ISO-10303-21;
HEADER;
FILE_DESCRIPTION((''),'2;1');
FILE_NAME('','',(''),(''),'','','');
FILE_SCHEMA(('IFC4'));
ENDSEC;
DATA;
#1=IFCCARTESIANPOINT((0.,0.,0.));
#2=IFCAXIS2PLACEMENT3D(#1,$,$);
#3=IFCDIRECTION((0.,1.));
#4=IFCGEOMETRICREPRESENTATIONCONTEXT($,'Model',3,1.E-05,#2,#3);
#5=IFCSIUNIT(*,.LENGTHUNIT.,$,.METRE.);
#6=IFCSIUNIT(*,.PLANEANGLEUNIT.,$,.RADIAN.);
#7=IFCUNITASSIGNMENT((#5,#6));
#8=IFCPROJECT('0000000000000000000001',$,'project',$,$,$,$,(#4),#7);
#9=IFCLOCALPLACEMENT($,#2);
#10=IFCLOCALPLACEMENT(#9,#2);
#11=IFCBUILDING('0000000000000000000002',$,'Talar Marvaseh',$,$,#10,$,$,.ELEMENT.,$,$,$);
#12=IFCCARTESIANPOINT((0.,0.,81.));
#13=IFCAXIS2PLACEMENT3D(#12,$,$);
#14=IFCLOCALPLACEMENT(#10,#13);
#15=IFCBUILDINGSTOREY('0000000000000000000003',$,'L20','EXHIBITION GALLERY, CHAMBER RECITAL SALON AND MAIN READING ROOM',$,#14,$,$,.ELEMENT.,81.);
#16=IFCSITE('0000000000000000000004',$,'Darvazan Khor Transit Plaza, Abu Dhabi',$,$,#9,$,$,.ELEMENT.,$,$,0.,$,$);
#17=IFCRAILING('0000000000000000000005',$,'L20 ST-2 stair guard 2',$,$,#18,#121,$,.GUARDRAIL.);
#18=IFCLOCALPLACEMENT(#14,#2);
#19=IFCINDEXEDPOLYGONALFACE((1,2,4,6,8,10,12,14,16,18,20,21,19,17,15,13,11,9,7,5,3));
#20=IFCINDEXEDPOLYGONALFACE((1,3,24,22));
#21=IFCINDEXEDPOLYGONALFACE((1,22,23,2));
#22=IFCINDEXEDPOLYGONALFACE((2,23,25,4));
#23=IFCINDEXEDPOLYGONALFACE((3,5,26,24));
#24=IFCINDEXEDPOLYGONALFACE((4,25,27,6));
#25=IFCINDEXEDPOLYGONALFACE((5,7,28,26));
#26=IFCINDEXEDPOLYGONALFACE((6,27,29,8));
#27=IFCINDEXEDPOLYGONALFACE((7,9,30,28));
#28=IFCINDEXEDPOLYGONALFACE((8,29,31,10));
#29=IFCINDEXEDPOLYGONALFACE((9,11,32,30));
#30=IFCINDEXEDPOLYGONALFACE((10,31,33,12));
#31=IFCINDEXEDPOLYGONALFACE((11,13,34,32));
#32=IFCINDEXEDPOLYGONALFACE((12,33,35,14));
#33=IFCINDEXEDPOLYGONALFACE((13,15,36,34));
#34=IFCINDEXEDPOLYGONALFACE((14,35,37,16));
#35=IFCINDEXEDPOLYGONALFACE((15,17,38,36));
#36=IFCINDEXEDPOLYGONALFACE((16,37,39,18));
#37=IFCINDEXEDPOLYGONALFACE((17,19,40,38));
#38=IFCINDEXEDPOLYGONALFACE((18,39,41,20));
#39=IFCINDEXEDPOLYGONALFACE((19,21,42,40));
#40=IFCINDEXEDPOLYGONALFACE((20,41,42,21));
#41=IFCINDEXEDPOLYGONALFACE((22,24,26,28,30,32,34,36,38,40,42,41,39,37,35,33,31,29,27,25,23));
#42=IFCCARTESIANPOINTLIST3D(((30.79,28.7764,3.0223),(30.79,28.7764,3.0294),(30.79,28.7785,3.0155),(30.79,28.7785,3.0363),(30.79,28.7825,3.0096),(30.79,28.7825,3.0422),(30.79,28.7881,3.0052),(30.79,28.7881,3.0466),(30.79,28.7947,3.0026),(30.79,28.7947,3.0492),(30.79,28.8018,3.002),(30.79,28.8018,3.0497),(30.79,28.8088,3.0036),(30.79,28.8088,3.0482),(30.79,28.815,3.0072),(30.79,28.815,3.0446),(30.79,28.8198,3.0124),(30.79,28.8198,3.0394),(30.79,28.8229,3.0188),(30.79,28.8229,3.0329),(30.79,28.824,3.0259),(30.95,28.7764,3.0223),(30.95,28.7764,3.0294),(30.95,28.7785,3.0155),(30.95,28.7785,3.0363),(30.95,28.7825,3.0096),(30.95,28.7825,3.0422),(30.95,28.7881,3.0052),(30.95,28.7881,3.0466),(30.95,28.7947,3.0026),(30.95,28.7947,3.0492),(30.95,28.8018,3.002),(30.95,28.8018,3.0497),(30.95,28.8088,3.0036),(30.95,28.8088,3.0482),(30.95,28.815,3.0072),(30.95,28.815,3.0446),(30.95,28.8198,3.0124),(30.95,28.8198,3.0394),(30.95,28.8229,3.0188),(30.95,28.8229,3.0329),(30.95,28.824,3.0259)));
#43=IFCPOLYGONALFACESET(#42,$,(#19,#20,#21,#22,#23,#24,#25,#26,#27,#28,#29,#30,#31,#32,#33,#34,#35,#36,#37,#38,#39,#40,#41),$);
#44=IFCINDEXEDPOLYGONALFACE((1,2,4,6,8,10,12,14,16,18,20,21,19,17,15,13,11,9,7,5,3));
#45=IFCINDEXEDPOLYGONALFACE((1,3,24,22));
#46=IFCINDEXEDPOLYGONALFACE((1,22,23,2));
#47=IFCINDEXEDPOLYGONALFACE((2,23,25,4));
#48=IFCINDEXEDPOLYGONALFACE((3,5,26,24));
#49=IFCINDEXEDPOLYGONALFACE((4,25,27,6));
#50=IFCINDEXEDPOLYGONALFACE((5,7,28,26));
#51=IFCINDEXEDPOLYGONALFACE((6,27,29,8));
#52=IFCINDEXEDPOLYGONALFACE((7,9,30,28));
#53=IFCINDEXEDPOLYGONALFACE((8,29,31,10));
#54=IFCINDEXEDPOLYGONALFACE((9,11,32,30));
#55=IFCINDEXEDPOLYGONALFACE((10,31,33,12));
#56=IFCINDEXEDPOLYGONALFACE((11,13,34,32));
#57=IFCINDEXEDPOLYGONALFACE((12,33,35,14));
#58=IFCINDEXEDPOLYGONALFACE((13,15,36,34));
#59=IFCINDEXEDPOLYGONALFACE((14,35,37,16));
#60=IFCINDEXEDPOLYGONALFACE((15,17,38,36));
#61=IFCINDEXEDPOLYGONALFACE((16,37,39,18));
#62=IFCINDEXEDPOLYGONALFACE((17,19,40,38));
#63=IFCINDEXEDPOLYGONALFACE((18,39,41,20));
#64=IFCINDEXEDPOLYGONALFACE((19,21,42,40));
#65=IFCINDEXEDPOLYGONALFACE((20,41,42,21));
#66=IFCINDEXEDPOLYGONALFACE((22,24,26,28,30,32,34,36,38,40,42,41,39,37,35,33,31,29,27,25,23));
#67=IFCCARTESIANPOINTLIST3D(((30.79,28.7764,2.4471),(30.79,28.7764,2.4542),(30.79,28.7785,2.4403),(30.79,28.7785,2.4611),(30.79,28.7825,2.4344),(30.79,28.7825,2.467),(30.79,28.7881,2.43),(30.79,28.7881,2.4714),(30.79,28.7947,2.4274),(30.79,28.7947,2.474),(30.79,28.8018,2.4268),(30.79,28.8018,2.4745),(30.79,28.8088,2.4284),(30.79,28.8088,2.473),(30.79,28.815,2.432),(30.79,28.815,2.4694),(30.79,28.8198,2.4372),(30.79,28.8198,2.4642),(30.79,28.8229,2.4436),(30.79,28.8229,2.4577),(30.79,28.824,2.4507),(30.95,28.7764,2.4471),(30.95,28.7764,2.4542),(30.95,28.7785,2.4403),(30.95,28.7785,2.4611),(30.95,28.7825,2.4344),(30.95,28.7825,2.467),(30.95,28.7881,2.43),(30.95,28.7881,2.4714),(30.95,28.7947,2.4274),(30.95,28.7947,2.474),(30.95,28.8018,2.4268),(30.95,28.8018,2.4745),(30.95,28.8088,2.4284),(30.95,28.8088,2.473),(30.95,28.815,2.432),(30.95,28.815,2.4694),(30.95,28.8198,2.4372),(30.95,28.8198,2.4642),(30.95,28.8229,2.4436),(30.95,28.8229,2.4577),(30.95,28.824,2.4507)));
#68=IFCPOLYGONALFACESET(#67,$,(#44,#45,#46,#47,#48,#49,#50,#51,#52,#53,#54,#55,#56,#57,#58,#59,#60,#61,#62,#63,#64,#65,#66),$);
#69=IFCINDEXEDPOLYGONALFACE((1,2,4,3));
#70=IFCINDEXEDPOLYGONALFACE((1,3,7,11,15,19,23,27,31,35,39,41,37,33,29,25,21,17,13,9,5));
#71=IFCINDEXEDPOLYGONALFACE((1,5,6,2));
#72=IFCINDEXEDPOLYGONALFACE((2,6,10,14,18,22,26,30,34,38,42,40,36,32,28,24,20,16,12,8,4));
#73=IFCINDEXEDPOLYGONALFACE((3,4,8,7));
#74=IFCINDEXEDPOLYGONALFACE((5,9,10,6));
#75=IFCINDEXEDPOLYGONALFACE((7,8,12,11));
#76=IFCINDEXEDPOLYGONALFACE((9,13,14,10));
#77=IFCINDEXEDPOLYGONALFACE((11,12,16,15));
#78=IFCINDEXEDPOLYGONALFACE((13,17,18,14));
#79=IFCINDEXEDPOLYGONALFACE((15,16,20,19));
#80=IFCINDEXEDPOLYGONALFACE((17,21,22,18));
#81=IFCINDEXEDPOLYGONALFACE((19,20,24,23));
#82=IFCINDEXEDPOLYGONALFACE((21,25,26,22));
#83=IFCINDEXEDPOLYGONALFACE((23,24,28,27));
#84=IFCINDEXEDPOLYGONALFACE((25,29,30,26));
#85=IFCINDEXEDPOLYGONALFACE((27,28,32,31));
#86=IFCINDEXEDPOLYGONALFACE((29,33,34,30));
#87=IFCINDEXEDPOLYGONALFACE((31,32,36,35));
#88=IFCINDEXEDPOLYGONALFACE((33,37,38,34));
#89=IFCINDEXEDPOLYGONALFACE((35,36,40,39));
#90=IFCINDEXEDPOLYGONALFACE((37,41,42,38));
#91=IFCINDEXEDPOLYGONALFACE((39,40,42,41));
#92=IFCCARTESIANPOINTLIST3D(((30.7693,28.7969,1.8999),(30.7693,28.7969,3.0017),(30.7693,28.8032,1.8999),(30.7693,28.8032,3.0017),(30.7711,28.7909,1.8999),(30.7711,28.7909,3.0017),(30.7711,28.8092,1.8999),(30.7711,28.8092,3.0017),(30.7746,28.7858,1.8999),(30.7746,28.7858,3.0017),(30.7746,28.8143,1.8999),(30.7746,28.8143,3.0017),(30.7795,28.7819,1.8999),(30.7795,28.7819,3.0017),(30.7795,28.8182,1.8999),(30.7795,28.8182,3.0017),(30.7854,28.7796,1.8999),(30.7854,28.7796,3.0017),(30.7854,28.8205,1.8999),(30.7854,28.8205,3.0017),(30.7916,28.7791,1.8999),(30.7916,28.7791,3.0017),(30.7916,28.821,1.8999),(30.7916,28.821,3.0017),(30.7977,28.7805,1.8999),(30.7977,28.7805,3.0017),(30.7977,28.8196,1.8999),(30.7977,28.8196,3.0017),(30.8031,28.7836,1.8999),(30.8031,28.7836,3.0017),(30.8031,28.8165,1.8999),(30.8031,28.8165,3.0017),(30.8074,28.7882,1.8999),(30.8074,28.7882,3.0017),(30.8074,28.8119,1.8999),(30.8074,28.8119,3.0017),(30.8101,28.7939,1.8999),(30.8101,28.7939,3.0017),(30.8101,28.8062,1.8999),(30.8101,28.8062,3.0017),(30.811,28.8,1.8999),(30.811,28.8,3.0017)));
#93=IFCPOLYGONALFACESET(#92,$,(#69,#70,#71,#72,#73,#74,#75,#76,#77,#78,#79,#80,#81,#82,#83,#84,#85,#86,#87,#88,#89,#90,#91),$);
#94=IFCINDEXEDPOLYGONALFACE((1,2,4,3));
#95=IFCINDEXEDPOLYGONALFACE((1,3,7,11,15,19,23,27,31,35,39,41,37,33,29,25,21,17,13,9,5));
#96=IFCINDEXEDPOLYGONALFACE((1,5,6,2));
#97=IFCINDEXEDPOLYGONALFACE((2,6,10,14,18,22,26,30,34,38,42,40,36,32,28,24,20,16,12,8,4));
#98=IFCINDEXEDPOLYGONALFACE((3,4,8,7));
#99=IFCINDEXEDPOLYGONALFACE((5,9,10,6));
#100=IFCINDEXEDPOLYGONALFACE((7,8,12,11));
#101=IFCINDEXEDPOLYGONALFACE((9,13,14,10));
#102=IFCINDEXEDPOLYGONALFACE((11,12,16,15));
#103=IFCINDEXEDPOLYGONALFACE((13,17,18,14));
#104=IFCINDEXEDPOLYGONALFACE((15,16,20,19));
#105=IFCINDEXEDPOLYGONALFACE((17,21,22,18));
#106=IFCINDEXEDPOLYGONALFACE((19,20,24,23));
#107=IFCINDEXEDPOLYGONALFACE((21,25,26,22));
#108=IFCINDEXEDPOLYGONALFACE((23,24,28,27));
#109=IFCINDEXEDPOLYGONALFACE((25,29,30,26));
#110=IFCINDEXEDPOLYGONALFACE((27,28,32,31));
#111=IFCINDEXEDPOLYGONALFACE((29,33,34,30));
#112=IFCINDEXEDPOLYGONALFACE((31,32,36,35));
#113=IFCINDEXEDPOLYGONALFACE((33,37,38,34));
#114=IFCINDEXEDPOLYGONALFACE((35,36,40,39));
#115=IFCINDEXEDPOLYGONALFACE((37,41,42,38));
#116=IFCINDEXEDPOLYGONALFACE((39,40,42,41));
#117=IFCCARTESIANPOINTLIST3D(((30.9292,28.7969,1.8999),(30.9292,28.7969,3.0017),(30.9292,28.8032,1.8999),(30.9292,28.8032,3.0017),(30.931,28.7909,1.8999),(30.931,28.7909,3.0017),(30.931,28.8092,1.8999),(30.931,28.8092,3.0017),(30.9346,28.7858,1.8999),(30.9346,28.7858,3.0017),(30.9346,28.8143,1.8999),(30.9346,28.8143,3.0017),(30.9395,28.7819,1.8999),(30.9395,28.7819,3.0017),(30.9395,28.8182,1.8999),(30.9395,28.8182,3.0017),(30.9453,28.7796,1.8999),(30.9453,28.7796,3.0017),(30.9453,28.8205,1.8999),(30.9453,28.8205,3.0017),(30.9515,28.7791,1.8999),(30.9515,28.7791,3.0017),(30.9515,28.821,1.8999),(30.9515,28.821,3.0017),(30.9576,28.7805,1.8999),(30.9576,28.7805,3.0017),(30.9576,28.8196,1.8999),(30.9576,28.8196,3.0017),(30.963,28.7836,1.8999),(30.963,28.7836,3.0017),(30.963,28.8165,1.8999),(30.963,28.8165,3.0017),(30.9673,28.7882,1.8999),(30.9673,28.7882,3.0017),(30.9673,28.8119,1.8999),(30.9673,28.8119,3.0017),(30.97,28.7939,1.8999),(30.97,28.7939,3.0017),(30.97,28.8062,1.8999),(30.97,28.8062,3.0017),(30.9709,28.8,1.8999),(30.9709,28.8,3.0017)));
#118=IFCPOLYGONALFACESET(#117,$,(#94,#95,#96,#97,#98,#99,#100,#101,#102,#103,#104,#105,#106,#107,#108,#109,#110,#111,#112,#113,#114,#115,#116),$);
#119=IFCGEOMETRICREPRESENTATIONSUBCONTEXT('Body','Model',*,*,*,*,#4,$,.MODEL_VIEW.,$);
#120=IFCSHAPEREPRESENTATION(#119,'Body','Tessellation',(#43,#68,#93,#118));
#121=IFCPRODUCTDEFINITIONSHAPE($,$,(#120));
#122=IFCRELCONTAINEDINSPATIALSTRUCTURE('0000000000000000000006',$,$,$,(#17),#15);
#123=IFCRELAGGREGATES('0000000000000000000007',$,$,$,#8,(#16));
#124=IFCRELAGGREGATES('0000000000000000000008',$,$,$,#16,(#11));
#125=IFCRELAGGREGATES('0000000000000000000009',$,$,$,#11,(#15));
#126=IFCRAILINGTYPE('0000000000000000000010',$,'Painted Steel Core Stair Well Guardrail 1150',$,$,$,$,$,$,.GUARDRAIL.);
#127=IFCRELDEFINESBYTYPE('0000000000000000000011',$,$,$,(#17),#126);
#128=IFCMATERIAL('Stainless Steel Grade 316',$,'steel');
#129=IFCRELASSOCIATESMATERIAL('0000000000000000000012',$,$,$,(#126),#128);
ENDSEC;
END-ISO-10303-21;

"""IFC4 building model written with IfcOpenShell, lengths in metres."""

from ifc_helpers import new_model, si_unit, direction, frame, origin, origin_2d, place, context, subcontext, project, spatial, circle, extrude, material, type_object, element, save


model = new_model("IFC4")

# Units and contexts
model_context = context("Model", 3, precision=1e-05, world=origin(), true_north=direction((0.0, 1.0)))
body_context = subcontext(model_context, "Body", "Model", "MODEL_VIEW")
ifc_project = project(units=[si_unit("LENGTHUNIT", "METRE"), si_unit("PLANEANGLEUNIT", "RADIAN")], contexts=[model_context])

# Site, building, storey
site_placement = place(None, origin())
site = spatial("IfcSite", under=ifc_project, at=site_placement, Name="Darvazan Khor Transit Plaza, Abu Dhabi", CompositionType="ELEMENT", RefElevation=0.0)
building_placement = place(site_placement, origin())
building = spatial("IfcBuilding", under=site, at=building_placement, Name="Talar Marvaseh", CompositionType="ELEMENT")
storey_placement = place(building_placement, frame((0.0, 0.0, 81.0)))
storey = spatial("IfcBuildingStorey", under=building, at=storey_placement, Name="L20", Description="EXHIBITION GALLERY, CHAMBER RECITAL SALON AND MAIN READING ROOM", CompositionType="ELEMENT", Elevation=81.0)

# Railing
ifc_material_1 = material(Name="Stainless Steel Grade 316", Category="steel")
railing_type_1 = type_object("IfcRailingType", Name="Painted Steel Core Stair Well Guardrail 1150", PredefinedType="GUARDRAIL", material=ifc_material_1)
railing_1_placement = place(storey_placement, frame((30.79, 28.8, 1.8999)))
element("IfcRailing", 1, at=railing_1_placement, inside=storey, type_object=railing_type_1, Name="L20 ST-2 stair guard 2", PredefinedType="GUARDRAIL", context=body_context, shape_type="SweptSolid", body=[
    extrude(circle(Radius=0.0239, at=origin_2d()), frame((0.0, 0.0, 1.126), z_axis=(1.0, 0.0, 0.0), x_axis=(0.0, 1.0, 0.0)), (0.0, 0.0, 1.0), 0.1599),
    extrude(circle(Radius=0.0239, at=origin_2d()), frame((0.0, 0.0, 0.5508), z_axis=(1.0, 0.0, 0.0), x_axis=(0.0, 1.0, 0.0)), (0.0, 0.0, 1.0), 0.1599),
    extrude(circle(Radius=0.021, at=origin_2d()), origin(), (0.0, 0.0, 1.0), 1.1018),
    extrude(circle(Radius=0.021, at=origin_2d()), frame((0.1599, 0.0, 0.0)), (0.0, 0.0, 1.0), 1.1018),
])

save(model, "model.ifc")
